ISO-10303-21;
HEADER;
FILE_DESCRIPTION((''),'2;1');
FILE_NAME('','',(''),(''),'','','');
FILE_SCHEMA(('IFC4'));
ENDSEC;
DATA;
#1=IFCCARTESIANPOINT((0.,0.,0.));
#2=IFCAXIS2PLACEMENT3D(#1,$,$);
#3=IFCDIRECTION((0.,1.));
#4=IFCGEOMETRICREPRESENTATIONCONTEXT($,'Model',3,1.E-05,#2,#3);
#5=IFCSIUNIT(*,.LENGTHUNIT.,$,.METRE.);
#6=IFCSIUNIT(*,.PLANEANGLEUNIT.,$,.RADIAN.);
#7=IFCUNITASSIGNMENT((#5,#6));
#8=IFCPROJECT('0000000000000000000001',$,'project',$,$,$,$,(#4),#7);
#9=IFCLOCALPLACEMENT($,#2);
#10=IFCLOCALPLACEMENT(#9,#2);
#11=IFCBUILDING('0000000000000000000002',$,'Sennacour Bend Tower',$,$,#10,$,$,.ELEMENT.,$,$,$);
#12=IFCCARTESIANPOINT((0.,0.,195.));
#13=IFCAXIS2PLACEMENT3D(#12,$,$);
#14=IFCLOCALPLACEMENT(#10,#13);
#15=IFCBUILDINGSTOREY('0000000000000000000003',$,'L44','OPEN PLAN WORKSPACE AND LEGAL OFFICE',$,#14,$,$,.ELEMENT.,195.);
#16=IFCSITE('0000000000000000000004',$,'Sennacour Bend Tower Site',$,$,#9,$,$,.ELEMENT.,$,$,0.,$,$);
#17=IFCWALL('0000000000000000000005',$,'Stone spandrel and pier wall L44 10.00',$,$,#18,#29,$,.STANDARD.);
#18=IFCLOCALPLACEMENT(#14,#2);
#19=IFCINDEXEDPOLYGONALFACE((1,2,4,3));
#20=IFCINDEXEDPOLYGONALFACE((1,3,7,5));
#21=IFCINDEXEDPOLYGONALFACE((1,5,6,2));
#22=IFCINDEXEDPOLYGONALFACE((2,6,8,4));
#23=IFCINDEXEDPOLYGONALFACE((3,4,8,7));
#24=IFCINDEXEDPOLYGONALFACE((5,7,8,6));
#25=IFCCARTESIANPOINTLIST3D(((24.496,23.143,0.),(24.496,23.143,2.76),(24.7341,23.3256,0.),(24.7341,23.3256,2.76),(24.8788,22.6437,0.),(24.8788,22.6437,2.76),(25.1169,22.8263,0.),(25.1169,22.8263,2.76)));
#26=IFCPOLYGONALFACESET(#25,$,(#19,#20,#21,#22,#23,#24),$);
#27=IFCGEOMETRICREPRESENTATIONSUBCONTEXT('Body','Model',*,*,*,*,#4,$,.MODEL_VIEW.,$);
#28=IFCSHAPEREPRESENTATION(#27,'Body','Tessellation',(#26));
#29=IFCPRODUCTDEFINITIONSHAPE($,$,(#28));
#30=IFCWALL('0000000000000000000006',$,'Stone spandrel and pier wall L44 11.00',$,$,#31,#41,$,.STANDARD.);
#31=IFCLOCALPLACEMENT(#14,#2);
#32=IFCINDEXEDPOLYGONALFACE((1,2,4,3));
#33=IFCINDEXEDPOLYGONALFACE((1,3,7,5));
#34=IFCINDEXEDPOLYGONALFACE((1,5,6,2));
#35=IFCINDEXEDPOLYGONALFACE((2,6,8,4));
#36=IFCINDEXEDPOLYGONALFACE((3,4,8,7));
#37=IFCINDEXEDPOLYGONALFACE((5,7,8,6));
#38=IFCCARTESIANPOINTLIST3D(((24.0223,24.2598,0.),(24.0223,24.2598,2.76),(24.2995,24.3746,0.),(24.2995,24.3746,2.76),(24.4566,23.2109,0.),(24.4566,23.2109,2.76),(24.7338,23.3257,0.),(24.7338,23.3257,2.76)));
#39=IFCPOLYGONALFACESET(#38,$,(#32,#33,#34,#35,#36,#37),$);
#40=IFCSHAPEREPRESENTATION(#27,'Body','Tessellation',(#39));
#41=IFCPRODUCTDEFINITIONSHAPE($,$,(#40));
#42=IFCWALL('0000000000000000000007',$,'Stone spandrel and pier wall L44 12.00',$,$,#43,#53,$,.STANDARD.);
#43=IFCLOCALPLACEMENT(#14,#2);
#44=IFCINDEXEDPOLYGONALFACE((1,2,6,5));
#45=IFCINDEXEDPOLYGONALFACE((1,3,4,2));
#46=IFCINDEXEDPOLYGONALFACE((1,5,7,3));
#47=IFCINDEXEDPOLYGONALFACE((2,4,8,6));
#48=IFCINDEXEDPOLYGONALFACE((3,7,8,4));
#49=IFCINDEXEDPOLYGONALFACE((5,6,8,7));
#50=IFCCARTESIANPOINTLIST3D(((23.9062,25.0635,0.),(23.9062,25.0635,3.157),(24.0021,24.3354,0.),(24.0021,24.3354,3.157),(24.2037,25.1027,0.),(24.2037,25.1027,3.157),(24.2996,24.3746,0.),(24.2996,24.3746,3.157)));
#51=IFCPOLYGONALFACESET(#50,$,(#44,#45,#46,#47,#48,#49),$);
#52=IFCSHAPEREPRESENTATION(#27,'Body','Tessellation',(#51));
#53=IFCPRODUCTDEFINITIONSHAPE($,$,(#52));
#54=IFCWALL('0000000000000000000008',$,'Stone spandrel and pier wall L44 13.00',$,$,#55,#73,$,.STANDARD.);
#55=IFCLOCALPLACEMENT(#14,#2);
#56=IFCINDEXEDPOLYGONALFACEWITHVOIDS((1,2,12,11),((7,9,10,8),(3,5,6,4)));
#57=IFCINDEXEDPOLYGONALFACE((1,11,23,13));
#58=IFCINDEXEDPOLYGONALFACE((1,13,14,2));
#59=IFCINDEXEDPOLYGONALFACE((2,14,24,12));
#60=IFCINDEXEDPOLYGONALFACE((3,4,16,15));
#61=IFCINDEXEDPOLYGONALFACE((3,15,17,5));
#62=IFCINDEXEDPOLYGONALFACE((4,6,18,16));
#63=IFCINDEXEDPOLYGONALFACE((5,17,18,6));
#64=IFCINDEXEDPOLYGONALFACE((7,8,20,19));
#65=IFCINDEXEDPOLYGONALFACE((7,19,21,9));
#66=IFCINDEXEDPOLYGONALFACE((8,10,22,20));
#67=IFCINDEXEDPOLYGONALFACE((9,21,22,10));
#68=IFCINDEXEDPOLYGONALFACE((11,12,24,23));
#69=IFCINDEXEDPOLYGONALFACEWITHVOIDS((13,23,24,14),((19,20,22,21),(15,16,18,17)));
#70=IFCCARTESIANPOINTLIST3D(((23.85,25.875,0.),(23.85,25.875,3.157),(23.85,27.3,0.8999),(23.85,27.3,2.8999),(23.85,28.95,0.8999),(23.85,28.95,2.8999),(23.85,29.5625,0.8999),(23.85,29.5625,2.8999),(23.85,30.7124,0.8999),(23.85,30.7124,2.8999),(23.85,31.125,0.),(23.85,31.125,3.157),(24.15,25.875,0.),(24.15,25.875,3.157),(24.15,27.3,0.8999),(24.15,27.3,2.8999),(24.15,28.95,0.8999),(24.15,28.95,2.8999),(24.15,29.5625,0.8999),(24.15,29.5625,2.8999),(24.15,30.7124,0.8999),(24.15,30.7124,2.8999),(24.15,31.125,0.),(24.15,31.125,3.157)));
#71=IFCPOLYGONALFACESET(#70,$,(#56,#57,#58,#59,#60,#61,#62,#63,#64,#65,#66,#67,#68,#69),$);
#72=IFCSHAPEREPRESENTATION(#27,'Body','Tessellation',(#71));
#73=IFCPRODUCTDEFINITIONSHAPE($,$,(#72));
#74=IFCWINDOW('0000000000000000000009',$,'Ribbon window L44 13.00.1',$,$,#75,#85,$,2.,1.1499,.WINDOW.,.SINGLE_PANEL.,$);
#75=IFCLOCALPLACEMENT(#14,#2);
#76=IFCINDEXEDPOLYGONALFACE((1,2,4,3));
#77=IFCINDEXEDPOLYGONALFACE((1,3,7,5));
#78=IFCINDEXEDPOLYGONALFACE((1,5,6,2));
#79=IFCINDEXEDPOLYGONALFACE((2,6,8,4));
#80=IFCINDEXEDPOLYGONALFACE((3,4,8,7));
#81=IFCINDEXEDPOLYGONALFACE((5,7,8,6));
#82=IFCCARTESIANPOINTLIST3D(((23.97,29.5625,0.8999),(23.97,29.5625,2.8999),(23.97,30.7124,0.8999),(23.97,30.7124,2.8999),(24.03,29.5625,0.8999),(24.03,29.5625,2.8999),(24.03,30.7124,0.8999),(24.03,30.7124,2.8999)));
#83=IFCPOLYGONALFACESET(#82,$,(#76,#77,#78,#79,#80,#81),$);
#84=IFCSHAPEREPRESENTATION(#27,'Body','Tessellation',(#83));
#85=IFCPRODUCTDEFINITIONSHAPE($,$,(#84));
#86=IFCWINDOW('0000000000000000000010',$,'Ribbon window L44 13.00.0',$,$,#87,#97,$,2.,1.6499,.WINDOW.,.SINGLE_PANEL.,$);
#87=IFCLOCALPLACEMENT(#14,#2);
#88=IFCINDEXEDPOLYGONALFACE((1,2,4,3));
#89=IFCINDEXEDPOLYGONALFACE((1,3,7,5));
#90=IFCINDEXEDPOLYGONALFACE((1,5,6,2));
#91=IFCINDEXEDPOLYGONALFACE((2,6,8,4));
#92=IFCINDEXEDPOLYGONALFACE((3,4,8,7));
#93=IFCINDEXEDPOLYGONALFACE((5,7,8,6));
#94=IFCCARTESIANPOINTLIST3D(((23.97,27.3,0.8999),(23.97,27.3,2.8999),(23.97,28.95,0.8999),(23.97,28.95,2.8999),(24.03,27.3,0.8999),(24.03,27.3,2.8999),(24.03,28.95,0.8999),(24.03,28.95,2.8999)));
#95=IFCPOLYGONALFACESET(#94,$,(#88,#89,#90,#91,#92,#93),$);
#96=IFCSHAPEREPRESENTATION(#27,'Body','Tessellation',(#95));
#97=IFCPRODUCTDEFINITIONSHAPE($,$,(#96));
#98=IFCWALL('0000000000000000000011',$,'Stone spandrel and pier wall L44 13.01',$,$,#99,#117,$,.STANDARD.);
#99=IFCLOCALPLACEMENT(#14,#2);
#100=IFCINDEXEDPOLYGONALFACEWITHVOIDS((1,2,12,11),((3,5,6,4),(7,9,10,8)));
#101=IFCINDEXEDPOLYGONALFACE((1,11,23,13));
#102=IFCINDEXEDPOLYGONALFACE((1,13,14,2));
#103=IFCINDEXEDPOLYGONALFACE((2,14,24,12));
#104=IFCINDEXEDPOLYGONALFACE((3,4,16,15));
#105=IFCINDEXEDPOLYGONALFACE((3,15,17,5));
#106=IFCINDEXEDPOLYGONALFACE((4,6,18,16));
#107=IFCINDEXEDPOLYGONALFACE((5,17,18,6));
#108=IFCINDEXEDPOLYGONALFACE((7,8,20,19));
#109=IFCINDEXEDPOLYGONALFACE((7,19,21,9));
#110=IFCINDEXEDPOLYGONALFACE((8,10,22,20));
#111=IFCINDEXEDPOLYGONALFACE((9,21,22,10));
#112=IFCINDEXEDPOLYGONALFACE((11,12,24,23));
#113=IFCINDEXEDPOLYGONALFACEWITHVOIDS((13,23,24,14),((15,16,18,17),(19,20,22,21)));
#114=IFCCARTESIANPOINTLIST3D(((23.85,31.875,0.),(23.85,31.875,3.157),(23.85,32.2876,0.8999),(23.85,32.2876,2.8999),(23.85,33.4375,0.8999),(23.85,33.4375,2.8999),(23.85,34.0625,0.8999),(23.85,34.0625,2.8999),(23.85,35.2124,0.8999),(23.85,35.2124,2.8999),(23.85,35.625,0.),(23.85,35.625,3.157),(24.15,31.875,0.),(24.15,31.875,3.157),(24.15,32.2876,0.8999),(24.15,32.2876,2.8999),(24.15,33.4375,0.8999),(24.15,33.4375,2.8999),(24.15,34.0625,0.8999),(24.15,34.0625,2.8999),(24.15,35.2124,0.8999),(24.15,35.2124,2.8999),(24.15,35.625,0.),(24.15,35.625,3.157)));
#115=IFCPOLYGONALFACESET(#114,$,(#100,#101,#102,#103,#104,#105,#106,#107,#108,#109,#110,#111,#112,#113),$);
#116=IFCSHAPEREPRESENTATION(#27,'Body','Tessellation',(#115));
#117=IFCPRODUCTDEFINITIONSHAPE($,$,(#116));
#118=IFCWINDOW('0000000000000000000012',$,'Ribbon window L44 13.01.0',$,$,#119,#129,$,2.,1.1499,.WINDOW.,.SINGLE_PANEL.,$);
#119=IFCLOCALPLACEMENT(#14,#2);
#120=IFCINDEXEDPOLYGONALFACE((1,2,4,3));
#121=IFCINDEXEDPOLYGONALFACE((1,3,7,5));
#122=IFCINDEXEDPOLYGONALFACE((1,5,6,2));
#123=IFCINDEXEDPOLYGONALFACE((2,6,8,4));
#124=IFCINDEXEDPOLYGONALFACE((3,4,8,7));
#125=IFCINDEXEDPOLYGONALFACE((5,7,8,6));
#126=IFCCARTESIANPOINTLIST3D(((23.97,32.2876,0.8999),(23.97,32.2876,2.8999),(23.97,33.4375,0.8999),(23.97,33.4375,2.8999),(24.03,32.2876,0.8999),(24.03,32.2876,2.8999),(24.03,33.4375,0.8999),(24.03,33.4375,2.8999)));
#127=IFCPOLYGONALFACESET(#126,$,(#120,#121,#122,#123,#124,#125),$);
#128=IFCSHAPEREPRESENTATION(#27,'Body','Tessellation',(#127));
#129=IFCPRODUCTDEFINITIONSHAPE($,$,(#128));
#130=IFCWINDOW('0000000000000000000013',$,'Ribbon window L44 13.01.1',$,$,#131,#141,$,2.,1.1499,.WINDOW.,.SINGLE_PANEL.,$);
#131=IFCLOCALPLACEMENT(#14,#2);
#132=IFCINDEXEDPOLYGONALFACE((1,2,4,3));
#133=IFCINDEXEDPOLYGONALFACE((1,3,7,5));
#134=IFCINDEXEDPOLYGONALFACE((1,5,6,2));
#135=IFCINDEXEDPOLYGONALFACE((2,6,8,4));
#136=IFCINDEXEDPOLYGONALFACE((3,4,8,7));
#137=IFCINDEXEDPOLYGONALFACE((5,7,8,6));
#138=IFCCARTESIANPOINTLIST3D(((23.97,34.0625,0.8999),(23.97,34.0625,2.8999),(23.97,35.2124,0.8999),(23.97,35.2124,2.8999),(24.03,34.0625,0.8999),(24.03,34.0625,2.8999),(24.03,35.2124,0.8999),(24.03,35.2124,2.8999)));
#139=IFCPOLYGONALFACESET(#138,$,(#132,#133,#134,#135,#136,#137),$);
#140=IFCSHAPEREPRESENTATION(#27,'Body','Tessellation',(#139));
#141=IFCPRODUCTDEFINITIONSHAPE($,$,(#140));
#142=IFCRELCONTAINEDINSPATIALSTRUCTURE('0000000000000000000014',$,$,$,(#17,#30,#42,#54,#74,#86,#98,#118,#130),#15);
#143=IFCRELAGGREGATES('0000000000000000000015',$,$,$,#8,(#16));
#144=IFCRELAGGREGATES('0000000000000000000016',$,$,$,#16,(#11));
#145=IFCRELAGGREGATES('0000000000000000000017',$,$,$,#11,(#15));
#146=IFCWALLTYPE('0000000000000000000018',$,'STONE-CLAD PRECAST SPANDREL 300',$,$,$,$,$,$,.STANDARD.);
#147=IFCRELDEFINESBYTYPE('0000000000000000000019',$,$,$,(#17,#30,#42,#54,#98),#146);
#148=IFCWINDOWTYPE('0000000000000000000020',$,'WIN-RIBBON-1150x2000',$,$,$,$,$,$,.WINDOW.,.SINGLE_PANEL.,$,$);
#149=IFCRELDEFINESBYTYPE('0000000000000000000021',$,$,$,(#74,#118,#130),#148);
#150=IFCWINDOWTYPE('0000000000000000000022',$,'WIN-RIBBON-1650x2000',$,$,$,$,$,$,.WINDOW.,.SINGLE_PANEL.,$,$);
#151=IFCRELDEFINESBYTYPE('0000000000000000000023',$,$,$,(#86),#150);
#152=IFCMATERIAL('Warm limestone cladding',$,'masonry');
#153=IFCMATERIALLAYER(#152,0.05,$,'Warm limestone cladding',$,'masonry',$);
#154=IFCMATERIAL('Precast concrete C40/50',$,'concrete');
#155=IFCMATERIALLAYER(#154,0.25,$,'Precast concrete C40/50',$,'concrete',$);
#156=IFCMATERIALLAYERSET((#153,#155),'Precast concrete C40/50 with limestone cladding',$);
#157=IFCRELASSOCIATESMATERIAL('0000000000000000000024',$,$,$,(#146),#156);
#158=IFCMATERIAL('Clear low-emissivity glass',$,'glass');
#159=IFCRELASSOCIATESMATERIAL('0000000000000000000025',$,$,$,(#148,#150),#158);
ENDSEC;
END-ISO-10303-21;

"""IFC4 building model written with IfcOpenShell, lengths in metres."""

from ifc_helpers import new_model, si_unit, direction, frame, frame_2d, origin, place, context, subcontext, project, spatial, rectangle, extrude, material, layer, layer_set, type_object, element, fill, save


model = new_model("IFC4")

# Units and contexts
model_context = context("Model", 3, precision=1e-05, world=origin(), true_north=direction((0.0, 1.0)))
body_context = subcontext(model_context, "Body", "Model", "MODEL_VIEW")
ifc_project = project(units=[si_unit("LENGTHUNIT", "METRE"), si_unit("PLANEANGLEUNIT", "RADIAN")], contexts=[model_context])

# Site, building, storey
site_placement = place(None, origin())
site = spatial("IfcSite", under=ifc_project, at=site_placement, Name="Sennacour Bend Tower Site", CompositionType="ELEMENT", RefElevation=0.0)
building_placement = place(site_placement, origin())
building = spatial("IfcBuilding", under=site, at=building_placement, Name="Sennacour Bend Tower", CompositionType="ELEMENT")
storey_placement = place(building_placement, frame((0.0, 0.0, 195.0)))
storey = spatial("IfcBuildingStorey", under=building, at=storey_placement, Name="L44", Description="OPEN PLAN WORKSPACE AND LEGAL OFFICE", CompositionType="ELEMENT", Elevation=195.0)

# Walls
ifc_material_1 = material(Name="Warm limestone cladding", Category="masonry")
ifc_layer_1 = layer(ifc_material_1, 0.05, Name="Warm limestone cladding", Category="masonry")
ifc_material_2 = material(Name="Precast concrete C40/50", Category="concrete")
ifc_layer_2 = layer(ifc_material_2, 0.25, Name="Precast concrete C40/50", Category="concrete")
ifc_layer_set = layer_set([ifc_layer_1, ifc_layer_2], Name="Precast concrete C40/50 with limestone cladding")
wall_type = type_object("IfcWallType", Name="STONE-CLAD PRECAST SPANDREL 300", PredefinedType="STANDARD", material=ifc_layer_set)
wall_1_placement = place(storey_placement, frame((24.9978, 22.7351, 0.0), z_axis=(0.0, 0.0, 1.0), x_axis=(-0.608472, 0.793575, 0.0)))
element("IfcWall", 1, at=wall_1_placement, inside=storey, type_object=wall_type, Name="Stone spandrel and pier wall L44 10.00", PredefinedType="STANDARD", context=body_context, shape_type="SweptSolid", body=[
    extrude(rectangle(XDim=0.6292, YDim=0.3, at=frame_2d((0.3145, 0.0))), origin(), (0.0, 0.0, 1.0), 2.76),
])
wall_2_placement = place(storey_placement, frame((24.5952, 23.2683, 0.0), z_axis=(0.0, 0.0, 1.0), x_axis=(-0.382599, 0.923915, 0.0)))
element("IfcWall", 2, at=wall_2_placement, inside=storey, type_object=wall_type, Name="Stone spandrel and pier wall L44 11.00", PredefinedType="STANDARD", context=body_context, shape_type="SweptSolid", body=[
    extrude(rectangle(XDim=1.1353, YDim=0.3, at=frame_2d((0.5676, 0.0))), origin(), (0.0, 0.0, 1.0), 2.76),
])
wall_3_placement = place(storey_placement, frame((24.1509, 24.355, 0.0), z_axis=(0.0, 0.0, 1.0), x_axis=(-0.130661, 0.991427, 0.0)))
element("IfcWall", 3, at=wall_3_placement, inside=storey, type_object=wall_type, Name="Stone spandrel and pier wall L44 12.00", PredefinedType="STANDARD", context=body_context, shape_type="SweptSolid", body=[
    extrude(rectangle(XDim=0.7344, YDim=0.3, at=frame_2d((0.3672, 0.0))), origin(), (0.0, 0.0, 1.0), 3.157),
])

# Walls, openings, windows
wall_4_placement = place(storey_placement, frame((24.0, 25.875, 0.0), z_axis=(0.0, 0.0, 1.0), x_axis=(0.0, 1.0, 0.0)))
wall_4 = element("IfcWall", 4, at=wall_4_placement, inside=storey, type_object=wall_type, Name="Stone spandrel and pier wall L44 13.00", PredefinedType="STANDARD", context=body_context, shape_type="SweptSolid", body=[
    extrude(rectangle(XDim=5.25, YDim=0.3, at=frame_2d((2.625, 0.0))), origin(), (0.0, 0.0, 1.0), 3.157),
])
opening_1_placement = place(wall_4_placement, frame((1.425, 0.0, 0.8999)))
opening_1 = element("IfcOpeningElement", 5, at=opening_1_placement, cuts=wall_4, PredefinedType="OPENING", context=body_context, shape_type="SweptSolid", body=[
    extrude(rectangle(XDim=1.6499, YDim=2.0, at=frame_2d((0.825, 1.0))), frame((0.0, 0.1602, 0.0), z_axis=(0.0, -1.0, 0.0), x_axis=(1.0, 0.0, 0.0)), (0.0, 0.0, 1.0), 0.3201),
])
opening_2_placement = place(wall_4_placement, frame((3.6875, 0.0, 0.8999)))
opening_2 = element("IfcOpeningElement", 6, at=opening_2_placement, cuts=wall_4, PredefinedType="OPENING", context=body_context, shape_type="SweptSolid", body=[
    extrude(rectangle(XDim=1.1499, YDim=2.0, at=frame_2d((0.575, 1.0))), frame((0.0, 0.1602, 0.0), z_axis=(0.0, -1.0, 0.0), x_axis=(1.0, 0.0, 0.0)), (0.0, 0.0, 1.0), 0.3201),
])
ifc_material_3 = material(Name="Clear low-emissivity glass", Category="glass")
window_type_1 = type_object("IfcWindowType", Name="WIN-RIBBON-1150x2000", PartitioningType="SINGLE_PANEL", PredefinedType="WINDOW", material=ifc_material_3)
window_1_placement = place(opening_2_placement, origin())
window_1 = element("IfcWindow", 7, at=window_1_placement, inside=storey, type_object=window_type_1, Name="Ribbon window L44 13.00.1", OverallHeight=2.0, OverallWidth=1.1499, PartitioningType="SINGLE_PANEL", PredefinedType="WINDOW", context=body_context, shape_type="SweptSolid", body=[
    extrude(rectangle(XDim=1.1499, YDim=2.0, at=frame_2d((0.575, 1.0))), frame((0.0, 0.03, 0.0), z_axis=(0.0, -1.0, 0.0), x_axis=(1.0, 0.0, 0.0)), (0.0, 0.0, 1.0), 0.0601),
])
fill(opening_2, window_1)
window_type_2 = type_object("IfcWindowType", Name="WIN-RIBBON-1650x2000", PartitioningType="SINGLE_PANEL", PredefinedType="WINDOW", material=ifc_material_3)
window_2_placement = place(opening_1_placement, origin())
window_2 = element("IfcWindow", 8, at=window_2_placement, inside=storey, type_object=window_type_2, Name="Ribbon window L44 13.00.0", OverallHeight=2.0, OverallWidth=1.6499, PartitioningType="SINGLE_PANEL", PredefinedType="WINDOW", context=body_context, shape_type="SweptSolid", body=[
    extrude(rectangle(XDim=1.6499, YDim=2.0, at=frame_2d((0.825, 1.0))), frame((0.0, 0.03, 0.0), z_axis=(0.0, -1.0, 0.0), x_axis=(1.0, 0.0, 0.0)), (0.0, 0.0, 1.0), 0.0601),
])
fill(opening_1, window_2)
wall_5_placement = place(storey_placement, frame((24.0, 31.875, 0.0), z_axis=(0.0, 0.0, 1.0), x_axis=(0.0, 1.0, 0.0)))
wall_5 = element("IfcWall", 9, at=wall_5_placement, inside=storey, type_object=wall_type, Name="Stone spandrel and pier wall L44 13.01", PredefinedType="STANDARD", context=body_context, shape_type="SweptSolid", body=[
    extrude(rectangle(XDim=3.75, YDim=0.3, at=frame_2d((1.875, 0.0))), origin(), (0.0, 0.0, 1.0), 3.157),
])
opening_3_placement = place(wall_5_placement, frame((0.4126, 0.0, 0.8999)))
opening_3 = element("IfcOpeningElement", 10, at=opening_3_placement, cuts=wall_5, PredefinedType="OPENING", context=body_context, shape_type="SweptSolid", body=[
    extrude(rectangle(XDim=1.1499, YDim=2.0, at=frame_2d((0.575, 1.0))), frame((0.0, 0.1602, 0.0), z_axis=(0.0, -1.0, 0.0), x_axis=(1.0, 0.0, 0.0)), (0.0, 0.0, 1.0), 0.3201),
])
opening_4_placement = place(wall_5_placement, frame((2.1875, 0.0, 0.8999)))
opening_4 = element("IfcOpeningElement", 11, at=opening_4_placement, cuts=wall_5, PredefinedType="OPENING", context=body_context, shape_type="SweptSolid", body=[
    extrude(rectangle(XDim=1.1499, YDim=2.0, at=frame_2d((0.575, 1.0))), frame((0.0, 0.1602, 0.0), z_axis=(0.0, -1.0, 0.0), x_axis=(1.0, 0.0, 0.0)), (0.0, 0.0, 1.0), 0.3201),
])
window_3_placement = place(opening_3_placement, origin())
window_3 = element("IfcWindow", 12, at=window_3_placement, inside=storey, type_object=window_type_1, Name="Ribbon window L44 13.01.0", OverallHeight=2.0, OverallWidth=1.1499, PartitioningType="SINGLE_PANEL", PredefinedType="WINDOW", context=body_context, shape_type="SweptSolid", body=[
    extrude(rectangle(XDim=1.1499, YDim=2.0, at=frame_2d((0.575, 1.0))), frame((0.0, 0.03, 0.0), z_axis=(0.0, -1.0, 0.0), x_axis=(1.0, 0.0, 0.0)), (0.0, 0.0, 1.0), 0.0601),
])
fill(opening_3, window_3)
window_4_placement = place(opening_4_placement, origin())
window_4 = element("IfcWindow", 13, at=window_4_placement, inside=storey, type_object=window_type_1, Name="Ribbon window L44 13.01.1", OverallHeight=2.0, OverallWidth=1.1499, PartitioningType="SINGLE_PANEL", PredefinedType="WINDOW", context=body_context, shape_type="SweptSolid", body=[
    extrude(rectangle(XDim=1.1499, YDim=2.0, at=frame_2d((0.575, 1.0))), frame((0.0, 0.03, 0.0), z_axis=(0.0, -1.0, 0.0), x_axis=(1.0, 0.0, 0.0)), (0.0, 0.0, 1.0), 0.0601),
])
fill(opening_4, window_4)

save(model, "model.ifc")
